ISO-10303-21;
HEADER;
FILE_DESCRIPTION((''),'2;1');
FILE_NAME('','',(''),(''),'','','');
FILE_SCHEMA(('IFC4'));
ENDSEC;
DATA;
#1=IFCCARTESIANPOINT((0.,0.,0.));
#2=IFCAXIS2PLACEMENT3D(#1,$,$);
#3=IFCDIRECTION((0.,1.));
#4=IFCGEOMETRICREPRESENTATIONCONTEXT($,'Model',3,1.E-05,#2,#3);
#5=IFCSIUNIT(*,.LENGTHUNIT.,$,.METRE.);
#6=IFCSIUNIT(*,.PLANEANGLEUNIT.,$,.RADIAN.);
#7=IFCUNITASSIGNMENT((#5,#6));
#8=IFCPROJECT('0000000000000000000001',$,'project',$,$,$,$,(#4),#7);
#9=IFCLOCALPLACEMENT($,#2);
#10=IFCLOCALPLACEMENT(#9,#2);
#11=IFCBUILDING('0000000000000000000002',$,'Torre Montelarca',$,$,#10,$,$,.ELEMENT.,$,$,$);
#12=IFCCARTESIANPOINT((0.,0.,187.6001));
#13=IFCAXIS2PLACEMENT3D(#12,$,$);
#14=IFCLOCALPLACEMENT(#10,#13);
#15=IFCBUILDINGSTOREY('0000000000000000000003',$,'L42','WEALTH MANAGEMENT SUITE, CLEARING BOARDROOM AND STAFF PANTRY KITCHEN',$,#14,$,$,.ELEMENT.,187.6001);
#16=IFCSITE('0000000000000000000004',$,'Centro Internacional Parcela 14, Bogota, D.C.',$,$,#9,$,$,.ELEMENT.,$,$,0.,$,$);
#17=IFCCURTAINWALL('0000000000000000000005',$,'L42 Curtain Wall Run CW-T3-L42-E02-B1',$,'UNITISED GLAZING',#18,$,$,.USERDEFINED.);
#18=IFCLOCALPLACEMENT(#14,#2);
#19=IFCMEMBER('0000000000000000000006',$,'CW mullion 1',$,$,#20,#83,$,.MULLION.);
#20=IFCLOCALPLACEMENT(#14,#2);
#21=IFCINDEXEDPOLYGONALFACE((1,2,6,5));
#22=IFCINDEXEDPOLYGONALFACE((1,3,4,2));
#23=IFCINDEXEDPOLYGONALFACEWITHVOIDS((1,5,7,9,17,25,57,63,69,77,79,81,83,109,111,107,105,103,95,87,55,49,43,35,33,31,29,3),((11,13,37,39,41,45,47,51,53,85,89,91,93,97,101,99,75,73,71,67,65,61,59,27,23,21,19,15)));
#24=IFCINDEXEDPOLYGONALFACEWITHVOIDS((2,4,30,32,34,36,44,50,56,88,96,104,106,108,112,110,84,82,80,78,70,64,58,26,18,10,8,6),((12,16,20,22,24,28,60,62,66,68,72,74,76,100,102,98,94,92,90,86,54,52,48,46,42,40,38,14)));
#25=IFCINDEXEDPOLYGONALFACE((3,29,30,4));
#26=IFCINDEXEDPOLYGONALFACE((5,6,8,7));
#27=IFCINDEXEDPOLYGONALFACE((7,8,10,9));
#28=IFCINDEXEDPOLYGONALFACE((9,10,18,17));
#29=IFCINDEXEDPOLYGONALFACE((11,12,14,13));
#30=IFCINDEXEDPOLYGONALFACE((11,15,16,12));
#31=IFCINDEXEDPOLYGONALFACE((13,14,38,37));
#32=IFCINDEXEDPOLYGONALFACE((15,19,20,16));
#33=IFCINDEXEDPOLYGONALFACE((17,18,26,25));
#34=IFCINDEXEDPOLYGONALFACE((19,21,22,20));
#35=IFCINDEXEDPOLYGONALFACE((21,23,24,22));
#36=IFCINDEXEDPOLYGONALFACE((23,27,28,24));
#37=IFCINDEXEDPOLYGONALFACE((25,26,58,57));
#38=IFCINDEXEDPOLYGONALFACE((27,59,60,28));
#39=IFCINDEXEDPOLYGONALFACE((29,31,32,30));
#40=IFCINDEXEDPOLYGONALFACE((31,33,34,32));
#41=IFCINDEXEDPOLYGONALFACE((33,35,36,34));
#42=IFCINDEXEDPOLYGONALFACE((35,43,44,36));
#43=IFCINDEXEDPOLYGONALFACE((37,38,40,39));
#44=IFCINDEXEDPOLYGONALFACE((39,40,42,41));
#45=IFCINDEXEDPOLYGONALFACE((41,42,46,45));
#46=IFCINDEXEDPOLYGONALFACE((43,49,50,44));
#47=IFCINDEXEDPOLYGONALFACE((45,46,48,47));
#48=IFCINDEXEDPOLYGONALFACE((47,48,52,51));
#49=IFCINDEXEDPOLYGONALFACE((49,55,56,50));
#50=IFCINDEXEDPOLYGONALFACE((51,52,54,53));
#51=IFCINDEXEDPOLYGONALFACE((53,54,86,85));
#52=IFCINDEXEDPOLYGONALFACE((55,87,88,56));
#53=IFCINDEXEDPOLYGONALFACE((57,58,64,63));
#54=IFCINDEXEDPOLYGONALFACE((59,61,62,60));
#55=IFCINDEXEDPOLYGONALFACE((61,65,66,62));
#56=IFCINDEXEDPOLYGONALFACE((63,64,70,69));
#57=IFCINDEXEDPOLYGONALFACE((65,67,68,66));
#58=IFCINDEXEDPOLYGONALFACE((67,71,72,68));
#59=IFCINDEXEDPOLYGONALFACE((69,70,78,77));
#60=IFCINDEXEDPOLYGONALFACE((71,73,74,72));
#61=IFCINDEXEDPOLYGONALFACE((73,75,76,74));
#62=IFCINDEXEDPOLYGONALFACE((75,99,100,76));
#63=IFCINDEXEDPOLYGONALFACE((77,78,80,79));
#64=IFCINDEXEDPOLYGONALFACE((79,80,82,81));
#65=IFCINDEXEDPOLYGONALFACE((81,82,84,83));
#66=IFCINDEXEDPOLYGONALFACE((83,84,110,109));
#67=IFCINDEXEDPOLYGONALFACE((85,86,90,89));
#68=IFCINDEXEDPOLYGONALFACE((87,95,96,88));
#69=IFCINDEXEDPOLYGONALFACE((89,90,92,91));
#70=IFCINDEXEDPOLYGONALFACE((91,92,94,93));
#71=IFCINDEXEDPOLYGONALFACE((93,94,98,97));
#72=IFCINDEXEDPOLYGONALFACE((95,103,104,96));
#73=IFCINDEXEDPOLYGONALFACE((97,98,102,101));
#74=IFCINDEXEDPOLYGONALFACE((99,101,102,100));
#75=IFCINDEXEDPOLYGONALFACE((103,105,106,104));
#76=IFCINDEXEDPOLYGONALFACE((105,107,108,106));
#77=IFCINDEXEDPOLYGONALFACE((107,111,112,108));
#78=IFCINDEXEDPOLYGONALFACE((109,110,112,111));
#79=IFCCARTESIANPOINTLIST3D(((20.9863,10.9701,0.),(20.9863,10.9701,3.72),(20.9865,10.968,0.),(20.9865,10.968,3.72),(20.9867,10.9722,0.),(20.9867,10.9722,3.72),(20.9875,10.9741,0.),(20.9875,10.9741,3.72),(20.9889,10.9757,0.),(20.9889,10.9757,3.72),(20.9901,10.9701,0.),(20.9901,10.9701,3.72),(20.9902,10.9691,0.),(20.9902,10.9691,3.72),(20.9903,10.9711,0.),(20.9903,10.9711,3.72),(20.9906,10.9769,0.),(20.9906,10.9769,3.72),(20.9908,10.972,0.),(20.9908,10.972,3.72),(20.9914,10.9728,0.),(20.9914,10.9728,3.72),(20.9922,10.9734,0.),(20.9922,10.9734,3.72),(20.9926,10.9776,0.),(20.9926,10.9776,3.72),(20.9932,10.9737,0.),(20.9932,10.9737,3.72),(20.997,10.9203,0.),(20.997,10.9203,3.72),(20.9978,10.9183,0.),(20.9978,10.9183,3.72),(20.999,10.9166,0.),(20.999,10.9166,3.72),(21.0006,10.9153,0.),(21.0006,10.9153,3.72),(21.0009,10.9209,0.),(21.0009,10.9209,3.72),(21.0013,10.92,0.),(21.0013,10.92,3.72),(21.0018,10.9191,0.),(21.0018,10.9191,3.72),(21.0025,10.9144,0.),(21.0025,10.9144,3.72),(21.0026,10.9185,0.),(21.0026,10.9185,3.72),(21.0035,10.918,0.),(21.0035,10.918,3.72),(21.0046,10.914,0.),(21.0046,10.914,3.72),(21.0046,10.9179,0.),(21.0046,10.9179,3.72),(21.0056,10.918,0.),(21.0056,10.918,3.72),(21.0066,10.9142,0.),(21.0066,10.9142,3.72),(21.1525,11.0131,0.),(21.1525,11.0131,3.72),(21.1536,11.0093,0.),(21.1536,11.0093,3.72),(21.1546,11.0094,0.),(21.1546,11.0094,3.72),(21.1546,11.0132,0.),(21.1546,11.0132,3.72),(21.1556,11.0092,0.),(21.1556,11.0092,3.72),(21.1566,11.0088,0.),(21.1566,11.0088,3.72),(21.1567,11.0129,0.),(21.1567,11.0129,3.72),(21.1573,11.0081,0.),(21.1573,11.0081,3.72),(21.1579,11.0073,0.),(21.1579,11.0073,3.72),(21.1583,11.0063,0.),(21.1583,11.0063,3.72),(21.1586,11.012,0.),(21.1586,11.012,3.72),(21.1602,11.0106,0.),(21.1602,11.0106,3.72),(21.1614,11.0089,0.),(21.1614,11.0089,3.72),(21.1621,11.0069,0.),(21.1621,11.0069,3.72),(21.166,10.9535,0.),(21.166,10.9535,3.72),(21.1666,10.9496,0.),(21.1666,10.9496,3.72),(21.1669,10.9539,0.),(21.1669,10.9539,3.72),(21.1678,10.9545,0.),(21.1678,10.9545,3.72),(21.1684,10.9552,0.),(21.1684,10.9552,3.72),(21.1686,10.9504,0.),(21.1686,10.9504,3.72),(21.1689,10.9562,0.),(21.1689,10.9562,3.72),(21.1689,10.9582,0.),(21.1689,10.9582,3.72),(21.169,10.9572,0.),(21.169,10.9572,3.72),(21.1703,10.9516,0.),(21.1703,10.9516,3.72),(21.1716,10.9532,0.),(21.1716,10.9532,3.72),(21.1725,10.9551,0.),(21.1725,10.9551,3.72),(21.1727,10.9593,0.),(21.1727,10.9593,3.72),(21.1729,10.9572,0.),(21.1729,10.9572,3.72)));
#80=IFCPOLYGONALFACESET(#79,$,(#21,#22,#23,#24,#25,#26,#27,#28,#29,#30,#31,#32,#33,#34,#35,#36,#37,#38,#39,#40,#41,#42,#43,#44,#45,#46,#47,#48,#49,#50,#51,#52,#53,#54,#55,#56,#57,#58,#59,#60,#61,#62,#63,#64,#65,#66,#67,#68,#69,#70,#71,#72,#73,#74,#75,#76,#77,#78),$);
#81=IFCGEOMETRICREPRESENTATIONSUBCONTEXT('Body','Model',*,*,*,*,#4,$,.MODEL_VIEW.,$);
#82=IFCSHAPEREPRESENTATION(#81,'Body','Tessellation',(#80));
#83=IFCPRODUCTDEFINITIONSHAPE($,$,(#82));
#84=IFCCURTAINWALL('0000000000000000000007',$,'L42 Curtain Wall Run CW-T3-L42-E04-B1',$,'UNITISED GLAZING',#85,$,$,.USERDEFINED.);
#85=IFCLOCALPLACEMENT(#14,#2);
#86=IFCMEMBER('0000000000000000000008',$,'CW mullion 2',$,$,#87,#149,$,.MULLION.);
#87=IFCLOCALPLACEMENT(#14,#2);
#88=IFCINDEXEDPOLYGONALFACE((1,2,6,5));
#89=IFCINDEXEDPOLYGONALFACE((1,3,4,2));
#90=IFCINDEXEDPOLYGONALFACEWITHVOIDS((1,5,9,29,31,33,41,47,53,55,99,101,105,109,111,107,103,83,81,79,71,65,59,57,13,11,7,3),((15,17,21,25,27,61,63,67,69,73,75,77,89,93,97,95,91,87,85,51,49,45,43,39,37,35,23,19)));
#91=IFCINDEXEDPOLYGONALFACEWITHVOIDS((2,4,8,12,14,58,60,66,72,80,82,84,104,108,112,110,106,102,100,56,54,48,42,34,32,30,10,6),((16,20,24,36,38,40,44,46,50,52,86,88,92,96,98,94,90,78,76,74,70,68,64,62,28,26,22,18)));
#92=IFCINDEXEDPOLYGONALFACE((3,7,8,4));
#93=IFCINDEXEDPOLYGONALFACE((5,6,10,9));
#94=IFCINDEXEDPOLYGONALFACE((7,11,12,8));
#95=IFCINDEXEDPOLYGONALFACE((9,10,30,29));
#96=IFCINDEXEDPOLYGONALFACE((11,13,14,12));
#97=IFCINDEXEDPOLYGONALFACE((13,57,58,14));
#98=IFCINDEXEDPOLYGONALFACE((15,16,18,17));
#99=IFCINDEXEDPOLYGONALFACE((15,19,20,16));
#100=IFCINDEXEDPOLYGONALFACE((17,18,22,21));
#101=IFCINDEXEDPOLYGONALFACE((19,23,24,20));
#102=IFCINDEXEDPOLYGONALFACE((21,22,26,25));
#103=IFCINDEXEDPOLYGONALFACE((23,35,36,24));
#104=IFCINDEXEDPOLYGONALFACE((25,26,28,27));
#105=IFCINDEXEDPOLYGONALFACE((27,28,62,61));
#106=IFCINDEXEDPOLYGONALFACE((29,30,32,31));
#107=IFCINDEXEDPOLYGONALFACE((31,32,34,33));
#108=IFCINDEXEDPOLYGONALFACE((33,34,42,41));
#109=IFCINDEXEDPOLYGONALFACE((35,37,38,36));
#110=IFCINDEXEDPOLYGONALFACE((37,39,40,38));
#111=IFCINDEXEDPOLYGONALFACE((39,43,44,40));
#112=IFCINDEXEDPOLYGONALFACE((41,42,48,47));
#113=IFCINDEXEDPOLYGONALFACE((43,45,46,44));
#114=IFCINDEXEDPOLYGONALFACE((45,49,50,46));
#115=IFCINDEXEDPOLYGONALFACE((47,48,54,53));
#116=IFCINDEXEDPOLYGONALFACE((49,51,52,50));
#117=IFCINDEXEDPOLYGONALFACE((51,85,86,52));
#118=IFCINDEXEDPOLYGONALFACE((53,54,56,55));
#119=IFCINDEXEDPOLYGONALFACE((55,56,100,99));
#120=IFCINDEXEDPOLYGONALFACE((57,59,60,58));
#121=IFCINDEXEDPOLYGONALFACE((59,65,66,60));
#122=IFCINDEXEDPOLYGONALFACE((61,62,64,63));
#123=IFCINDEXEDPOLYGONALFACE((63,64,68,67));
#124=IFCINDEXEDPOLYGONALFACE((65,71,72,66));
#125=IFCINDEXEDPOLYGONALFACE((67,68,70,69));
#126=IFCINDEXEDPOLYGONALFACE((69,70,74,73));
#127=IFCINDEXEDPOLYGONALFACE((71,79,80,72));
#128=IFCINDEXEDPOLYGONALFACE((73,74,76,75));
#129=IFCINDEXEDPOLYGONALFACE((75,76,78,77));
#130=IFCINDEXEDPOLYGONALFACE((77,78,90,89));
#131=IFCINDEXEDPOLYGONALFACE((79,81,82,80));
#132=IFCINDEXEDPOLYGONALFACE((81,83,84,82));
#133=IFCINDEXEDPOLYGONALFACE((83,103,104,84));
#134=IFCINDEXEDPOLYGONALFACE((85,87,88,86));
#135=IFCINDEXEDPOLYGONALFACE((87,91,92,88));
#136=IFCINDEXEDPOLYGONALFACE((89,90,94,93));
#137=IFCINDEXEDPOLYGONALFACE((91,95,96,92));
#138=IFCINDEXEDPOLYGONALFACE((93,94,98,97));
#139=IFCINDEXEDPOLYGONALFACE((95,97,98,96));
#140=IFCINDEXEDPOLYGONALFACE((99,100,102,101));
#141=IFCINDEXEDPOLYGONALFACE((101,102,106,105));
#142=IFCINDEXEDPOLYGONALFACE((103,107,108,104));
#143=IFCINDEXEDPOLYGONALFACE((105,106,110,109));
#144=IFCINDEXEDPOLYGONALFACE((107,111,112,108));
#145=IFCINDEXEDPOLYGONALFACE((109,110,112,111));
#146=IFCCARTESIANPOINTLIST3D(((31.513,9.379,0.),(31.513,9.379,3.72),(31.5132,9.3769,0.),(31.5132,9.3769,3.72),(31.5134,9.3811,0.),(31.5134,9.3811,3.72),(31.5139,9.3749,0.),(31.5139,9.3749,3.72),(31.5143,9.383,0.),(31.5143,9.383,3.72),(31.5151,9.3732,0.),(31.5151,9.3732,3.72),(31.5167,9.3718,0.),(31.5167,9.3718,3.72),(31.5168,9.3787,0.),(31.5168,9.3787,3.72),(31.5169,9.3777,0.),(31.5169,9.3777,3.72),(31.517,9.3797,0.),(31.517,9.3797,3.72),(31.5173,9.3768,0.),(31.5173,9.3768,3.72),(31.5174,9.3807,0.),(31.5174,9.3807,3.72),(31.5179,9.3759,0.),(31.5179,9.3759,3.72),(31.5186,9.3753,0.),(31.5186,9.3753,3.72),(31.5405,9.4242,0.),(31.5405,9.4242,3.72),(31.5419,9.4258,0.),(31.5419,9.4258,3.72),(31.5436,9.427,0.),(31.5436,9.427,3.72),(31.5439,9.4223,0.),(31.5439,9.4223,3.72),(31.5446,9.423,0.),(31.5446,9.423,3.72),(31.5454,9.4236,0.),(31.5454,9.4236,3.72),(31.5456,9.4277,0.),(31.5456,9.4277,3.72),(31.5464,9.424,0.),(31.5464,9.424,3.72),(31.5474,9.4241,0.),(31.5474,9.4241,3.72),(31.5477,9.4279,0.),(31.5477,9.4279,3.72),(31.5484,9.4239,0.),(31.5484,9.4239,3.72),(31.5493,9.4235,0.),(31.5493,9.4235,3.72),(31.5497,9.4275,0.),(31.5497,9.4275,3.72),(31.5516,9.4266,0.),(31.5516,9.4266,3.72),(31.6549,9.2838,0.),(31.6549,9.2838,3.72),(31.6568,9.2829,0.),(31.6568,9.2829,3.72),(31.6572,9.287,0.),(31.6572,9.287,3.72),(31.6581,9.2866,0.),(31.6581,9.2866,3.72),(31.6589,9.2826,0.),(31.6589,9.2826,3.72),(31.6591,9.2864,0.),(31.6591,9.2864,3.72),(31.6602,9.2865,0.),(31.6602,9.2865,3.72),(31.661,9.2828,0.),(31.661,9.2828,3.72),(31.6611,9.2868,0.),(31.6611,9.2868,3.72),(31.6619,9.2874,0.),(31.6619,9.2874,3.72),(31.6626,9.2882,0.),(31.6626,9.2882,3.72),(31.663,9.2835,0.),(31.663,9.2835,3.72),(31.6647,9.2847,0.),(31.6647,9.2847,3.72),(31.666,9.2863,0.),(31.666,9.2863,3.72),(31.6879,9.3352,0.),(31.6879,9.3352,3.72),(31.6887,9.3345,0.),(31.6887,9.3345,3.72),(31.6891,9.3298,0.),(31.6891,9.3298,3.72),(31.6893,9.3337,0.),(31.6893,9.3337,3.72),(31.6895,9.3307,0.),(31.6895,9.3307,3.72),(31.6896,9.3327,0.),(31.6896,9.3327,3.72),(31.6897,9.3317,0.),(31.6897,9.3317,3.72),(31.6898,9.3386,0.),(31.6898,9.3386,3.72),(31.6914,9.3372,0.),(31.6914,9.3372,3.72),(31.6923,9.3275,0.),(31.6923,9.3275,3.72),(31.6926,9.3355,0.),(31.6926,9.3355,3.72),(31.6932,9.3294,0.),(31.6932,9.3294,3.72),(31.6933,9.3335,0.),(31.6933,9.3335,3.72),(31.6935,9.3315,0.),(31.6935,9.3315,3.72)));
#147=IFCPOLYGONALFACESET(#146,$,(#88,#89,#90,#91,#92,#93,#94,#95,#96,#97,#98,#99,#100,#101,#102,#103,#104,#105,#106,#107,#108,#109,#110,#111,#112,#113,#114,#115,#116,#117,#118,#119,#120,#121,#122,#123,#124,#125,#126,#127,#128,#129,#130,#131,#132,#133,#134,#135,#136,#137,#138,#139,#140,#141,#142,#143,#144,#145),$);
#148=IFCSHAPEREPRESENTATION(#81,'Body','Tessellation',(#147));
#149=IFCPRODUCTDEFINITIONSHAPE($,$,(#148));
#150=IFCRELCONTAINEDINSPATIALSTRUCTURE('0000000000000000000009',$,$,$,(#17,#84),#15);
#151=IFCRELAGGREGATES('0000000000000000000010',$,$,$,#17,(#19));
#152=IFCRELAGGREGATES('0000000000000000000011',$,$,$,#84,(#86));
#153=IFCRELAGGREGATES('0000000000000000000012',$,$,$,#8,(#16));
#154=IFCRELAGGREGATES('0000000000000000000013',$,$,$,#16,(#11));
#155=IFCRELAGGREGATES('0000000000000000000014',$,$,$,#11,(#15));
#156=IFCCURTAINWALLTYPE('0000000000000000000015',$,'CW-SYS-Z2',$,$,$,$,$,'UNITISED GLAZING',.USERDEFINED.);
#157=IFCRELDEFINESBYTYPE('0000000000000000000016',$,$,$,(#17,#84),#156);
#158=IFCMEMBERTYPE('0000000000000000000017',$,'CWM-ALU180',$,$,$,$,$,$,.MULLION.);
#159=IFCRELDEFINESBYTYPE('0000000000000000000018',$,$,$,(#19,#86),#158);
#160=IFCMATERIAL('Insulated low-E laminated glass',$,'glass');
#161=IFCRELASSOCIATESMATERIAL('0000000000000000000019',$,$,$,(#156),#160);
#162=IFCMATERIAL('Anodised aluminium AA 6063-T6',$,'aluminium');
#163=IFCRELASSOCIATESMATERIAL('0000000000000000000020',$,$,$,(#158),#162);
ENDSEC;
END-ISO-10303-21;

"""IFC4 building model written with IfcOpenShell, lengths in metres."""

from ifc_helpers import new_model, si_unit, direction, frame, origin, origin_2d, place, context, subcontext, project, spatial, hollow_rectangle, extrude, source, transform, mapped, material, material_profile, profile_set, type_object, element, aggregate, save


model = new_model("IFC4")

# Units and contexts
model_context = context("Model", 3, precision=1e-05, world=origin(), true_north=direction((0.0, 1.0)))
body_context = subcontext(model_context, "Body", "Model", "MODEL_VIEW")
ifc_project = project(units=[si_unit("LENGTHUNIT", "METRE"), si_unit("PLANEANGLEUNIT", "RADIAN")], contexts=[model_context])

# Site, building, storey
site_placement = place(None, origin())
site = spatial("IfcSite", under=ifc_project, at=site_placement, Name="Centro Internacional Parcela 14, Bogota, D.C.", CompositionType="ELEMENT", RefElevation=0.0)
building_placement = place(site_placement, origin())
building = spatial("IfcBuilding", under=site, at=building_placement, Name="Torre Montelarca", CompositionType="ELEMENT")
storey_placement = place(building_placement, frame((0.0, 0.0, 187.6001)))
storey = spatial("IfcBuildingStorey", under=building, at=storey_placement, Name="L42", Description="WEALTH MANAGEMENT SUITE, CLEARING BOARDROOM AND STAFF PANTRY KITCHEN", CompositionType="ELEMENT", Elevation=187.6001)

# Curtain walls, members
ifc_material_1 = material(Name="Insulated low-E laminated glass", Category="glass")
curtain_wall_type = type_object("IfcCurtainWallType", Name="CW-SYS-Z2", ElementType="UNITISED GLAZING", PredefinedType="USERDEFINED", material=ifc_material_1)
curtain_wall_1_placement = place(storey_placement, origin())
curtain_wall_1 = element("IfcCurtainWall", 1, at=curtain_wall_1_placement, inside=storey, type_object=curtain_wall_type, Name="L42 Curtain Wall Run CW-T3-L42-E02-B1", ObjectType="UNITISED GLAZING", PredefinedType="USERDEFINED")
ifc_material_2 = material(Name="Anodised aluminium AA 6063-T6", Category="aluminium")
ifc_material_profile_1 = material_profile(ifc_material_2, hollow_rectangle(XDim=0.0649, YDim=0.1799, WallThickness=0.0039, InnerFilletRadius=0.0039, OuterFilletRadius=0.0081, at=origin_2d()), Name="ALU65X180X4", Category="aluminium")
ifc_profile_set_1 = profile_set([ifc_material_profile_1], Name="Anodised aluminium AA 6063-T6")
member_type_1 = type_object("IfcMemberType", Name="CWM-ALU180", PredefinedType="MULLION", material=ifc_profile_set_1)
shared_shape_1 = source(origin(), body_context, "Body", "SweptSolid", [
    extrude(hollow_rectangle(XDim=0.0649, YDim=0.1799, WallThickness=0.0039, InnerFilletRadius=0.0039, OuterFilletRadius=0.0081, at=origin_2d()), origin(), (0.0, 0.0, 1.0), 3.72),
])
member_1_placement = place(storey_placement, frame((21.0796, 10.9636, 0.0), z_axis=(0.0, 0.0, 1.0), x_axis=(-0.216434, 0.976297, 0.0)))
member_1 = element("IfcMember", 2, at=member_1_placement, type_object=member_type_1, Name="CW mullion 1", PredefinedType="MULLION", context=body_context, shape_type="MappedRepresentation", body=[
    mapped(shared_shape_1, transform((0.0, 0.0, 0.0), scale=1.0)),
])
curtain_wall_2_placement = place(storey_placement, origin())
curtain_wall_2 = element("IfcCurtainWall", 3, at=curtain_wall_2_placement, inside=storey, type_object=curtain_wall_type, Name="L42 Curtain Wall Run CW-T3-L42-E04-B1", ObjectType="UNITISED GLAZING", PredefinedType="USERDEFINED")
member_2_placement = place(storey_placement, frame((31.6033, 9.3552, 0.0), z_axis=(0.0, 0.0, 1.0), x_axis=(0.53731, 0.843385, 0.0)))
member_2 = element("IfcMember", 4, at=member_2_placement, type_object=member_type_1, Name="CW mullion 2", PredefinedType="MULLION", context=body_context, shape_type="MappedRepresentation", body=[
    mapped(shared_shape_1, transform((0.0, 0.0, 0.0), scale=1.0)),
])

aggregate(curtain_wall_1, [member_1])
aggregate(curtain_wall_2, [member_2])

save(model, "model.ifc")
